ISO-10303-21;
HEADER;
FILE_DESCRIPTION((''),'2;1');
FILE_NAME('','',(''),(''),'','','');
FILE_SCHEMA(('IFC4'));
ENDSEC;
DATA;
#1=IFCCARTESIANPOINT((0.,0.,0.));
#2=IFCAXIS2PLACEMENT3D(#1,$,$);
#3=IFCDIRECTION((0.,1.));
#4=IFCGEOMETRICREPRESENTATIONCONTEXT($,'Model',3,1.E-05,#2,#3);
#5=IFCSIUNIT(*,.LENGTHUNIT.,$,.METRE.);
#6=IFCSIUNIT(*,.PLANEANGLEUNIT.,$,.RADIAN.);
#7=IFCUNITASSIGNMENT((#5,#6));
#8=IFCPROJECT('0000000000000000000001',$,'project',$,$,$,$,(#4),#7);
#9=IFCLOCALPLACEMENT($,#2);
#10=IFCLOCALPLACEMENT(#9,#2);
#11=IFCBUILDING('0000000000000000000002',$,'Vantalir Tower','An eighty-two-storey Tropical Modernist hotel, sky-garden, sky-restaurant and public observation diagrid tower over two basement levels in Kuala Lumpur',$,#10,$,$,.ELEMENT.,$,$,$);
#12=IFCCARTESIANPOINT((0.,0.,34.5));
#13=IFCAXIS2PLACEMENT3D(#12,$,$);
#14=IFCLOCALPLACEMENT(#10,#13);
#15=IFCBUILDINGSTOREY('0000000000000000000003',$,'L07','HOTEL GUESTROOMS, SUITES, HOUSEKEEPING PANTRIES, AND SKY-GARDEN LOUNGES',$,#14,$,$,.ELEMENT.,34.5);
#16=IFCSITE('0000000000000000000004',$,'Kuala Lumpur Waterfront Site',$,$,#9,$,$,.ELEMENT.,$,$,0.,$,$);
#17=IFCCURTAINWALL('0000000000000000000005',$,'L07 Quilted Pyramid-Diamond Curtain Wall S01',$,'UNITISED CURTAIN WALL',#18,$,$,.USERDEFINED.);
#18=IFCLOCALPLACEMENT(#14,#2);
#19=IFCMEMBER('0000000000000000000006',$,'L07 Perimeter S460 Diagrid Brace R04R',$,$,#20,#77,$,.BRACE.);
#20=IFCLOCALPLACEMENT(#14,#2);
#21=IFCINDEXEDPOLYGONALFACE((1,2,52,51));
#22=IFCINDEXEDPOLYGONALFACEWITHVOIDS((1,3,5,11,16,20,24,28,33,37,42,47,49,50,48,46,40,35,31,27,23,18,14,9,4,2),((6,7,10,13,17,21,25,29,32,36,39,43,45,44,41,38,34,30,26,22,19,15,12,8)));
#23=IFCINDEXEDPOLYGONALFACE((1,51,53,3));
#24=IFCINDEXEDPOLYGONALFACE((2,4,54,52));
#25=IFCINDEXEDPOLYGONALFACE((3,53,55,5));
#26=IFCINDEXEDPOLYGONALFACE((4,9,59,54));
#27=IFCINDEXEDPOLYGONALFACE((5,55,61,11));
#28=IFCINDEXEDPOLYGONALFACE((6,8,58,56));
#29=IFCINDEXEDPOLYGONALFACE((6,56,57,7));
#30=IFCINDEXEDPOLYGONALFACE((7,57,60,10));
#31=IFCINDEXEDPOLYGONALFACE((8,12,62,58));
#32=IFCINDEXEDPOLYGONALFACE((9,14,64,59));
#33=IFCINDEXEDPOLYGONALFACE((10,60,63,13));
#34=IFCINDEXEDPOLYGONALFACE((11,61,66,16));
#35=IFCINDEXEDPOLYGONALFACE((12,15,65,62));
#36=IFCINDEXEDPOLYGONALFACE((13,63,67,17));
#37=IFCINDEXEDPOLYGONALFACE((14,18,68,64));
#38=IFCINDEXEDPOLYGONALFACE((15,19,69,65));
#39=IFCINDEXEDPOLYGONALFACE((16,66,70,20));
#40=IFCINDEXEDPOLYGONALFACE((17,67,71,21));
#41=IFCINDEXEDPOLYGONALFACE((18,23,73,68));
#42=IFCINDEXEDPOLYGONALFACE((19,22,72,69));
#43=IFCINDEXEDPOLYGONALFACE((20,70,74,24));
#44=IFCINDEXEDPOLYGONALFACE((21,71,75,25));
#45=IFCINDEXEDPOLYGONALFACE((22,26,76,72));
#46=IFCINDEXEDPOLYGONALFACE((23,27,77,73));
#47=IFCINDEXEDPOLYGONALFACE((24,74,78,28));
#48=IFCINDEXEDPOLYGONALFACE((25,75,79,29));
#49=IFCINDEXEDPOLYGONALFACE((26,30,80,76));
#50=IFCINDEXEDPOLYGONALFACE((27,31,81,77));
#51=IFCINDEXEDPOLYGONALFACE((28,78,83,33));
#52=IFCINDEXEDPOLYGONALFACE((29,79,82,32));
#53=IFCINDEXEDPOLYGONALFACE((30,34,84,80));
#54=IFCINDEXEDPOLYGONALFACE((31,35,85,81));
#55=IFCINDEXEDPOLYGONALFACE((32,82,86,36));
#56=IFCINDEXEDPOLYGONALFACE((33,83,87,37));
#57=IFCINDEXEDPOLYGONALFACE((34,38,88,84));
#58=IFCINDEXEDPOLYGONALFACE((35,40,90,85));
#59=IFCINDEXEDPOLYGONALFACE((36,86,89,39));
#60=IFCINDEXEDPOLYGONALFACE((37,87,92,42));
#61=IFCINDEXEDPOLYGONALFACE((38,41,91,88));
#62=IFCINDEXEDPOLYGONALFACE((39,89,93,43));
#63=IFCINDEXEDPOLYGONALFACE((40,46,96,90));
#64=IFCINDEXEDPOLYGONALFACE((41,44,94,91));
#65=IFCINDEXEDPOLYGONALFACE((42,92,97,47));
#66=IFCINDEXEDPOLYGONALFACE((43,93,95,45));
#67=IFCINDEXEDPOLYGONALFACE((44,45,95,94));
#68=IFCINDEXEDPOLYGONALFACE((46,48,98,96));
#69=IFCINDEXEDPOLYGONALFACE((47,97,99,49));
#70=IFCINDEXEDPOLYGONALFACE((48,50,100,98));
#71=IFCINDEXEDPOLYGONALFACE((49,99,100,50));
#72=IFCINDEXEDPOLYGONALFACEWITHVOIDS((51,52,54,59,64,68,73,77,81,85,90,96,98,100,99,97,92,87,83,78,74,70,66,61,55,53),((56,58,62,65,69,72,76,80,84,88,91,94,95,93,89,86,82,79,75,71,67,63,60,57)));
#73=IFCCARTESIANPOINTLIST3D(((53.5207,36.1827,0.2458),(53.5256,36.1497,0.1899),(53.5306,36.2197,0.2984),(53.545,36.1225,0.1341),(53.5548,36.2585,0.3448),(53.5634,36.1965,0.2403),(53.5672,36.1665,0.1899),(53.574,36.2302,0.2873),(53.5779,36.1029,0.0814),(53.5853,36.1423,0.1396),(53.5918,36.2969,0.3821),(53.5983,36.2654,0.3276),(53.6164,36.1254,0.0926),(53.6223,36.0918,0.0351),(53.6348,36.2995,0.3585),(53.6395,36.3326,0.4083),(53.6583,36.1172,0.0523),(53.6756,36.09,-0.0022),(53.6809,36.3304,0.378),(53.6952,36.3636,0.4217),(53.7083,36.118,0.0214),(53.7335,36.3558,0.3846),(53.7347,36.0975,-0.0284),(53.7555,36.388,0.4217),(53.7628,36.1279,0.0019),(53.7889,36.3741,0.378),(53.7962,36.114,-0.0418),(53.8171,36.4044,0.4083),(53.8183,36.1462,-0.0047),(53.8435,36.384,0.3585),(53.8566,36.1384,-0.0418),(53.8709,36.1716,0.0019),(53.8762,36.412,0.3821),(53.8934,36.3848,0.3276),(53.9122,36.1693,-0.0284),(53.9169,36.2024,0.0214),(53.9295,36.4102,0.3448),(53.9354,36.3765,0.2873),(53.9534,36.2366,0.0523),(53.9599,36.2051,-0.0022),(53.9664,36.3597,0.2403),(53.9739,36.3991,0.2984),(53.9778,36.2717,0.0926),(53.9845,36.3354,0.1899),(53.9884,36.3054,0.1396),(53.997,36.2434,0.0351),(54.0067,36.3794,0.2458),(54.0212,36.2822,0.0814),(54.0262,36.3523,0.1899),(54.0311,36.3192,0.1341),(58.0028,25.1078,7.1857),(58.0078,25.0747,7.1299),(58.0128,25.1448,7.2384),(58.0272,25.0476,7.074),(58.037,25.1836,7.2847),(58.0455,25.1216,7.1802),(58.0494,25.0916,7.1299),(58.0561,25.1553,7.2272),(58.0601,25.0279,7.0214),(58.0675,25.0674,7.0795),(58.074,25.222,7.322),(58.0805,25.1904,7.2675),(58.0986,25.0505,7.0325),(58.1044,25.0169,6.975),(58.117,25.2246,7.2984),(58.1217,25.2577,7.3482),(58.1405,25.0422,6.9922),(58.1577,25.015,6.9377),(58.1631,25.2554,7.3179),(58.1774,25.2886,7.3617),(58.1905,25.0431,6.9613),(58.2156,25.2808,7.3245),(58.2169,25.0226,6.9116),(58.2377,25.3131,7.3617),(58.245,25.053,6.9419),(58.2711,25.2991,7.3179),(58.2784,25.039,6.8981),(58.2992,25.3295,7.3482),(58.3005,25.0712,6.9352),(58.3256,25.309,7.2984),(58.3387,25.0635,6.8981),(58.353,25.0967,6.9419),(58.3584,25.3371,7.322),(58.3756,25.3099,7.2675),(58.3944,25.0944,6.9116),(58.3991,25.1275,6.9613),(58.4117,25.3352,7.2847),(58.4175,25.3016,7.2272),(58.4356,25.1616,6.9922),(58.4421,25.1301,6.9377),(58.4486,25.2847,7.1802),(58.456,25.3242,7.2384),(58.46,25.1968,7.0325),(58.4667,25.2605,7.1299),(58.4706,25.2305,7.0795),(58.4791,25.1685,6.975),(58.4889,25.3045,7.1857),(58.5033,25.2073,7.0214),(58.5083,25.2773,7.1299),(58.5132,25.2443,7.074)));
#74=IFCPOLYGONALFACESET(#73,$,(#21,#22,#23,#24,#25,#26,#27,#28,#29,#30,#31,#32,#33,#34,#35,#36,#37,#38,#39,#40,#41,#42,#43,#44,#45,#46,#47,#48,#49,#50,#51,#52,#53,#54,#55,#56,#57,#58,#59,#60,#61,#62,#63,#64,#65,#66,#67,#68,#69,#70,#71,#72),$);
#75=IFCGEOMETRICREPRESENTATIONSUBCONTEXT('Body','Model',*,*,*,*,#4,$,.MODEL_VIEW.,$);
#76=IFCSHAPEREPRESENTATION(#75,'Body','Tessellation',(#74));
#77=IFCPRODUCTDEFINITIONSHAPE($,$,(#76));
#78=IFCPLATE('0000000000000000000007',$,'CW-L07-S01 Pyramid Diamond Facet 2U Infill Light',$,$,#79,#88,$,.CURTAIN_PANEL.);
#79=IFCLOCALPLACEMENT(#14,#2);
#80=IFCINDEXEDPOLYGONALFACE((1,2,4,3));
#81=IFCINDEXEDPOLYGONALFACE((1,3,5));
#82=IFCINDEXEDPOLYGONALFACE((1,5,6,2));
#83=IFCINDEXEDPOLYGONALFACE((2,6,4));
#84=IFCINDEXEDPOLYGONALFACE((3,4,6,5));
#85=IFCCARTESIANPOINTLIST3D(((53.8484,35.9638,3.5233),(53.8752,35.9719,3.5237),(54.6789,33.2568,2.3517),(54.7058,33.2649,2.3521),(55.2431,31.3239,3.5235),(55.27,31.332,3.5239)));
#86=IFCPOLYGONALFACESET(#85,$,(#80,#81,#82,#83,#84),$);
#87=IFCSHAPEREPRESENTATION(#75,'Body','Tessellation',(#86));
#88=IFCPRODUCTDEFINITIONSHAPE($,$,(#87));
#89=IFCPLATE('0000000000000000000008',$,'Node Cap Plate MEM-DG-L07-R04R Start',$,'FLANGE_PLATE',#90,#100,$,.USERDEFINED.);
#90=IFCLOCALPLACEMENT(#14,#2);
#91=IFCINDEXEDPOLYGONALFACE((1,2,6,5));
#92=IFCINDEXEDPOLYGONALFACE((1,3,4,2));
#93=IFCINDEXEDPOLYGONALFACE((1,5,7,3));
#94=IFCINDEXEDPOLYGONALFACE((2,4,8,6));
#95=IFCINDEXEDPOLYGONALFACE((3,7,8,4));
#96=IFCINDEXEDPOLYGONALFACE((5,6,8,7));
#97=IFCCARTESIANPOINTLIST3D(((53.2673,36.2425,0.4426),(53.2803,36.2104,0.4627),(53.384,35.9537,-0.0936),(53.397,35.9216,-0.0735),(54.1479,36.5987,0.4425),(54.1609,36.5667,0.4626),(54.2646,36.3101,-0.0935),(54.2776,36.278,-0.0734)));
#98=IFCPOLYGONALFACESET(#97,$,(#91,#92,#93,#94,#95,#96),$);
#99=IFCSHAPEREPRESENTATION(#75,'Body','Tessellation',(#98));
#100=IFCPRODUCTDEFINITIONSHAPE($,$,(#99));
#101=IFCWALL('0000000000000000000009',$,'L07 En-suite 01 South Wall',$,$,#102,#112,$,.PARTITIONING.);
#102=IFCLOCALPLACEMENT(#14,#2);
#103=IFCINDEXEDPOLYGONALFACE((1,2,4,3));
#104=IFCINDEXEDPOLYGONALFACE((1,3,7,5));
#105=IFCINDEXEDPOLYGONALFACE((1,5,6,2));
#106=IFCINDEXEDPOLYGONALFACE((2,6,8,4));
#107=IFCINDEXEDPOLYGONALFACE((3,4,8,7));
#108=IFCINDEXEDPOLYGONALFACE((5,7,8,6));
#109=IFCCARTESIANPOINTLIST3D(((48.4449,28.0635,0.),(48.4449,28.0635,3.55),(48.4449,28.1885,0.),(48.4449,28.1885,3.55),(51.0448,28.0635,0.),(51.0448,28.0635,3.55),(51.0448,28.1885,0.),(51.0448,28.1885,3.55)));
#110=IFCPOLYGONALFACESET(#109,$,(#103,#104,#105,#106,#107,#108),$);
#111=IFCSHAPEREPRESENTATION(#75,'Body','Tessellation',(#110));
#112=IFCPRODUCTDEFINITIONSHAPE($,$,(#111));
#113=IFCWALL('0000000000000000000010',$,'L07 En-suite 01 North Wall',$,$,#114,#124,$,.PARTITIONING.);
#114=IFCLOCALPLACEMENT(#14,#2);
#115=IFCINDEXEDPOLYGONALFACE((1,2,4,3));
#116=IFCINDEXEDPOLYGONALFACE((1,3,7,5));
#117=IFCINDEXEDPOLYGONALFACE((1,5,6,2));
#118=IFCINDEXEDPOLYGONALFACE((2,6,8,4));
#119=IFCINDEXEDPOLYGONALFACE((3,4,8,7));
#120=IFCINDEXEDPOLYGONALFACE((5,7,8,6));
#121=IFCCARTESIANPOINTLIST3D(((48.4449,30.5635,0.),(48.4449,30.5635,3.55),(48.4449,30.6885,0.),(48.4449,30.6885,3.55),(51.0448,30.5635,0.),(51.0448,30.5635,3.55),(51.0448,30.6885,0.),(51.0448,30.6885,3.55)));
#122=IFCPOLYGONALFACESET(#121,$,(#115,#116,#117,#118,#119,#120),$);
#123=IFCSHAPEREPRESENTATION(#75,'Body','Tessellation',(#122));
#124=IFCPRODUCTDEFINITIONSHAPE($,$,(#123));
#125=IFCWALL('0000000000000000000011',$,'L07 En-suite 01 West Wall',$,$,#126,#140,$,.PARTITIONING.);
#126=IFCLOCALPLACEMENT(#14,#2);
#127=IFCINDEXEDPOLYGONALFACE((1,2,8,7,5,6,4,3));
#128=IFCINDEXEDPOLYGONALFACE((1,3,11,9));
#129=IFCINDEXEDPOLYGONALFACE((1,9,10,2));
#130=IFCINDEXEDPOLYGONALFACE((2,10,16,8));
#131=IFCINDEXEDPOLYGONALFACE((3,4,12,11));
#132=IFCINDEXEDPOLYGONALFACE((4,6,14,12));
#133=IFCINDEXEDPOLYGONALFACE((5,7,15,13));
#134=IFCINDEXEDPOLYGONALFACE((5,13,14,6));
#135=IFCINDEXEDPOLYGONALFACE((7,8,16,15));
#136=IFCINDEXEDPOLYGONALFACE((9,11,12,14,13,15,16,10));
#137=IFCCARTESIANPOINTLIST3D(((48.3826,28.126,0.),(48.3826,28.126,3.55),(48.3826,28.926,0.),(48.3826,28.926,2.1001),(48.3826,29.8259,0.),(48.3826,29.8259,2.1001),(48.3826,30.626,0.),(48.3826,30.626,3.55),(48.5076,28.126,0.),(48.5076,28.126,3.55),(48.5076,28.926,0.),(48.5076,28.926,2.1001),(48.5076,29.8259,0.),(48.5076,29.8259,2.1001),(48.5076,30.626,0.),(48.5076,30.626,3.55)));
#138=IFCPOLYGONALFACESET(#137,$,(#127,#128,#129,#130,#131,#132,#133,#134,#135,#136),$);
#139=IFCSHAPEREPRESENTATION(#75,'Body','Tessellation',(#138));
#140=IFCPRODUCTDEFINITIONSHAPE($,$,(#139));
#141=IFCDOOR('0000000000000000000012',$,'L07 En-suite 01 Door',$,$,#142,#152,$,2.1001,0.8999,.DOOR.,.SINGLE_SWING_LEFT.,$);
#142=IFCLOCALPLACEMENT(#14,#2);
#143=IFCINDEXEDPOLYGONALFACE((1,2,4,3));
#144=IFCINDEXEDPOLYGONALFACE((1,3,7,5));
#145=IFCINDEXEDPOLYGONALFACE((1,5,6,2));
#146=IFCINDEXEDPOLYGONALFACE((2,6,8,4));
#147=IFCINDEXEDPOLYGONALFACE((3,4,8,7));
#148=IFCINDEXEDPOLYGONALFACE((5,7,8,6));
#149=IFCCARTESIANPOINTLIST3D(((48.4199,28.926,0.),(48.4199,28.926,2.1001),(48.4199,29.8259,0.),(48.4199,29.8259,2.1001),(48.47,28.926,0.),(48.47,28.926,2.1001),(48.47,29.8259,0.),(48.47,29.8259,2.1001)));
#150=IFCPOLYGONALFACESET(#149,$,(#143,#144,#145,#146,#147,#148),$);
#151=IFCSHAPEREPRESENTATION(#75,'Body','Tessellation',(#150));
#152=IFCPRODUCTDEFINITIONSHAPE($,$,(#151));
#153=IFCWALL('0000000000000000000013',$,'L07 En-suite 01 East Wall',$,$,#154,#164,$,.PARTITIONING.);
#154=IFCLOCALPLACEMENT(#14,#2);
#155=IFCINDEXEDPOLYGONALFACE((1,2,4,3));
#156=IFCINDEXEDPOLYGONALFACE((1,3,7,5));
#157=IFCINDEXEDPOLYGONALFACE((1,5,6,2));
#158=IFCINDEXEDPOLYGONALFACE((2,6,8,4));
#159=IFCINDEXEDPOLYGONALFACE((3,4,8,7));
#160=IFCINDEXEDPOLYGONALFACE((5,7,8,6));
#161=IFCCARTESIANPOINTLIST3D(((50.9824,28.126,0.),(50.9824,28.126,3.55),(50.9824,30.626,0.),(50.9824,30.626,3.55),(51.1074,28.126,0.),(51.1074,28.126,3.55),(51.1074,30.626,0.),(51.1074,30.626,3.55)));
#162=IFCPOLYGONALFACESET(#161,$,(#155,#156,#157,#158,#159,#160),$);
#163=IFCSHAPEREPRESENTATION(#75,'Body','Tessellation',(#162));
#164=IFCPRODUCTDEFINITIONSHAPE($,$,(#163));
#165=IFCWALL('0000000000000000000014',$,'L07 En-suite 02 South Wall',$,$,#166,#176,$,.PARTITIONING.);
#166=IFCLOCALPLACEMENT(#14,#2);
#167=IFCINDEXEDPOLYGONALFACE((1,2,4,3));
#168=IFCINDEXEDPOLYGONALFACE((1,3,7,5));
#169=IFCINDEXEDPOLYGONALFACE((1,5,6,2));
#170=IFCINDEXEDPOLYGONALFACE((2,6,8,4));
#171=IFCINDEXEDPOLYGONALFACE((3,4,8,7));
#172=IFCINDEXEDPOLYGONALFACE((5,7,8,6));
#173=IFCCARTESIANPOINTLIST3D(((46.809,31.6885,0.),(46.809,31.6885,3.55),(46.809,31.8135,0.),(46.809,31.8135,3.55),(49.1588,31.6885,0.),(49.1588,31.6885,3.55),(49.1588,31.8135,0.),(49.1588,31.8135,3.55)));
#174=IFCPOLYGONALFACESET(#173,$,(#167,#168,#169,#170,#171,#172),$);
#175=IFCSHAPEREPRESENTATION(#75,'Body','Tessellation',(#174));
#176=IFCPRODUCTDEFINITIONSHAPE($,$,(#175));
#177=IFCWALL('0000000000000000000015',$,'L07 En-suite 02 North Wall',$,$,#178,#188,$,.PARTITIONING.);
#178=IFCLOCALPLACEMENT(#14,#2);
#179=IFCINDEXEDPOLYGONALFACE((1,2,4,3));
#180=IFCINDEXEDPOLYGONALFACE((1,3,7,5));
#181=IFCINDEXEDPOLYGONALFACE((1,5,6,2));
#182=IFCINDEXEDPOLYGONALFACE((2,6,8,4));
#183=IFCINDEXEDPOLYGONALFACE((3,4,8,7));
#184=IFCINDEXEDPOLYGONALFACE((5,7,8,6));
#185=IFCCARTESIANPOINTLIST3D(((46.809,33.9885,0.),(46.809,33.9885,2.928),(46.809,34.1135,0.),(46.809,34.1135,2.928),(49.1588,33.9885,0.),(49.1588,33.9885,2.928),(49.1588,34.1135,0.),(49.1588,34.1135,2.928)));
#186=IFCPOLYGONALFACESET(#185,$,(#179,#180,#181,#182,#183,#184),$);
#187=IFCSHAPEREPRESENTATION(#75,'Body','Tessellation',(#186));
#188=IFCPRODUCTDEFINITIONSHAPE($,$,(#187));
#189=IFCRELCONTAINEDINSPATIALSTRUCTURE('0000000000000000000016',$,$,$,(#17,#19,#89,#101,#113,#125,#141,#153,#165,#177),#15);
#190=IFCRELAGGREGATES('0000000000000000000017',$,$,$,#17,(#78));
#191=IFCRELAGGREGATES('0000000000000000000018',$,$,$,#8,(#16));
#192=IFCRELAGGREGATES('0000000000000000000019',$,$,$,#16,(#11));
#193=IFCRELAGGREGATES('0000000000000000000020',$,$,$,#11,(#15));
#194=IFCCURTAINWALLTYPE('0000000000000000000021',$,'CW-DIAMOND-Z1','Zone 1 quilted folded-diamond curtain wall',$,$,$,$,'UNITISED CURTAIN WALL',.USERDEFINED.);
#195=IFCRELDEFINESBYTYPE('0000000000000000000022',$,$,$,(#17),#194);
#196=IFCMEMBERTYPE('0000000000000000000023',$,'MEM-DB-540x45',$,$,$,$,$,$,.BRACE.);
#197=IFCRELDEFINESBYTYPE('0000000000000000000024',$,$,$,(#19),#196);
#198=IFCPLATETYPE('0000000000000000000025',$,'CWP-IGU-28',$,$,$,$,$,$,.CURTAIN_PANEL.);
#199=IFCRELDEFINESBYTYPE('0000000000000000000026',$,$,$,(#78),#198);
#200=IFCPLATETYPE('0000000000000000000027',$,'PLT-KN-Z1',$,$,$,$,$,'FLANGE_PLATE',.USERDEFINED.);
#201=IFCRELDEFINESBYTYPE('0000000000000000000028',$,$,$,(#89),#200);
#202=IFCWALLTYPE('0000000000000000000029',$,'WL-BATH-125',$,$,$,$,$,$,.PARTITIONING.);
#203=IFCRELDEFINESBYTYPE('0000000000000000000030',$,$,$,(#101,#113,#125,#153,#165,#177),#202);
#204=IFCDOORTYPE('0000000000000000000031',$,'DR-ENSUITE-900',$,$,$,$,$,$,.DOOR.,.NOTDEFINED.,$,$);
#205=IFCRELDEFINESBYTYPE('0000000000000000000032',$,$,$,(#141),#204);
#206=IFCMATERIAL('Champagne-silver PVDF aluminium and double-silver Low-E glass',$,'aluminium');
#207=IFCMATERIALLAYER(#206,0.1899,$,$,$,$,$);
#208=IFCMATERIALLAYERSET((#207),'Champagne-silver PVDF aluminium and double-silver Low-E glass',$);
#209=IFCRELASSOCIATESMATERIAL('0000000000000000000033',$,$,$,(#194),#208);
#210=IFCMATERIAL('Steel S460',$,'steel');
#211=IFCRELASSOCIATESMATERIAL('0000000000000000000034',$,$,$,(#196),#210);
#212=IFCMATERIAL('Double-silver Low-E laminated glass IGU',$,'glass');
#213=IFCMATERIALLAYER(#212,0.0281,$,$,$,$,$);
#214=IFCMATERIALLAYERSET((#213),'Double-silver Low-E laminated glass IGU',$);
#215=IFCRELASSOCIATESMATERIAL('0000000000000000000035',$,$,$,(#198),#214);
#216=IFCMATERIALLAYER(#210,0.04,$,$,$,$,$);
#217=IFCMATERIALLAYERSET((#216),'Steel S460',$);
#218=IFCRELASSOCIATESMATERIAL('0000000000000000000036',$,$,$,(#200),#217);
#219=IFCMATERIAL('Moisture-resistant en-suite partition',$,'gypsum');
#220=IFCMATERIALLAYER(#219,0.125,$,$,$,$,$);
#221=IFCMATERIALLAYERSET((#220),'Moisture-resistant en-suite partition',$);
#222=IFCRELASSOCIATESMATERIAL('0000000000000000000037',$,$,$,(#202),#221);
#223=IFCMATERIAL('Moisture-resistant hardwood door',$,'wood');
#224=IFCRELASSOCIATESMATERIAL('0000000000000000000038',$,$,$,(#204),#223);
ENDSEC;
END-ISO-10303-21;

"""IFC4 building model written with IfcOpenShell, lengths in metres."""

from ifc_helpers import new_model, si_unit, direction, frame, frame_2d, origin, origin_2d, place, context, subcontext, project, spatial, polyline, rectangle, hollow_circle, outline, extrude, material, layer, layer_set, material_profile, profile_set, type_object, element, fill, aggregate, save


model = new_model("IFC4")

# Units and contexts
model_context = context("Model", 3, precision=1e-05, world=origin(), true_north=direction((0.0, 1.0)))
body_context = subcontext(model_context, "Body", "Model", "MODEL_VIEW")
ifc_project = project(units=[si_unit("LENGTHUNIT", "METRE"), si_unit("PLANEANGLEUNIT", "RADIAN")], contexts=[model_context])

# Site, building, storey
site_placement = place(None, origin())
site = spatial("IfcSite", under=ifc_project, at=site_placement, Name="Kuala Lumpur Waterfront Site", CompositionType="ELEMENT", RefElevation=0.0)
building_placement = place(site_placement, origin())
building = spatial("IfcBuilding", under=site, at=building_placement, Name="Vantalir Tower", Description="An eighty-two-storey Tropical Modernist hotel, sky-garden, sky-restaurant and public observation diagrid tower over two basement levels in Kuala Lumpur", CompositionType="ELEMENT")
storey_placement = place(building_placement, frame((0.0, 0.0, 34.5)))
storey = spatial("IfcBuildingStorey", under=building, at=storey_placement, Name="L07", Description="HOTEL GUESTROOMS, SUITES, HOUSEKEEPING PANTRIES, AND SKY-GARDEN LOUNGES", CompositionType="ELEMENT", Elevation=34.5)

# Shared definitions
ifc_material_1 = material(Name="Steel S460", Category="steel")

# Curtain wall
ifc_material_2 = material(Name="Champagne-silver PVDF aluminium and double-silver Low-E glass", Category="aluminium")
ifc_layer_1 = layer(ifc_material_2, 0.1899)
ifc_layer_set_1 = layer_set([ifc_layer_1], Name="Champagne-silver PVDF aluminium and double-silver Low-E glass")
curtain_wall_type = type_object("IfcCurtainWallType", Name="CW-DIAMOND-Z1", Description="Zone 1 quilted folded-diamond curtain wall", ElementType="UNITISED CURTAIN WALL", PredefinedType="USERDEFINED", material=ifc_layer_set_1)
curtain_wall_placement = place(storey_placement, origin())
curtain_wall = element("IfcCurtainWall", 1, at=curtain_wall_placement, inside=storey, type_object=curtain_wall_type, Name="L07 Quilted Pyramid-Diamond Curtain Wall S01", ObjectType="UNITISED CURTAIN WALL", PredefinedType="USERDEFINED")

# Member
ifc_material_profile_1 = material_profile(ifc_material_1, hollow_circle(Radius=0.27, WallThickness=0.0449, at=origin_2d()), Name="Steel S460")
ifc_profile_set_1 = profile_set([ifc_material_profile_1], Name="Steel S460")
member_type_1 = type_object("IfcMemberType", Name="MEM-DB-540x45", PredefinedType="BRACE", material=ifc_profile_set_1)
member_1_placement = place(storey_placement, frame((53.7759, 36.251, 0.1899), z_axis=(0.324398, -0.80155, 0.502279), x_axis=(0.926963, 0.375154, 0.0)))
element("IfcMember", 2, at=member_1_placement, inside=storey, type_object=member_type_1, Name="L07 Perimeter S460 Diagrid Brace R04R", PredefinedType="BRACE", context=body_context, shape_type="SweptSolid", body=[
    extrude(hollow_circle(Radius=0.27, WallThickness=0.0449, at=origin_2d()), origin(), (0.0, 0.0, 1.0), 13.8169),
])

# Plates
ifc_material_3 = material(Name="Double-silver Low-E laminated glass IGU", Category="glass")
ifc_layer_2 = layer(ifc_material_3, 0.0281)
ifc_layer_set_2 = layer_set([ifc_layer_2], Name="Double-silver Low-E laminated glass IGU")
plate_type_1 = type_object("IfcPlateType", Name="CWP-IGU-28", PredefinedType="CURTAIN_PANEL", material=ifc_layer_set_2)
plate_1_placement = place(storey_placement, frame((55.27, 31.332, 3.5239), z_axis=(0.957576, 0.287853, 0.013745), x_axis=(-0.287879, 0.957667, -0.00005)))
plate_1 = element("IfcPlate", 3, at=plate_1_placement, type_object=plate_type_1, Name="CW-L07-S01 Pyramid Diamond Facet 2U Infill Light", PredefinedType="CURTAIN_PANEL", context=body_context, shape_type="SweptSolid", body=[
    extrude(outline(polyline([(0.0, 0.0), (4.845, 0.0), (2.0135, -1.1719), (0.0, 0.0)])), origin(), (0.0, 0.0, -1.0), 0.0281),
])
aggregate(curtain_wall, [plate_1])
ifc_layer_3 = layer(ifc_material_1, 0.04)
ifc_layer_set_3 = layer_set([ifc_layer_3], Name="Steel S460")
plate_type_2 = type_object("IfcPlateType", Name="PLT-KN-Z1", ElementType="FLANGE_PLATE", PredefinedType="USERDEFINED", material=ifc_layer_set_3)
plate_2_placement = place(storey_placement, frame((53.397, 35.9216, -0.0735), z_axis=(0.324349, -0.801593, 0.502242), x_axis=(0.926978, 0.375115, 0.000052)))
element("IfcPlate", 4, at=plate_2_placement, inside=storey, type_object=plate_type_2, Name="Node Cap Plate MEM-DG-L07-R04R Start", ObjectType="FLANGE_PLATE", PredefinedType="USERDEFINED", context=body_context, shape_type="SweptSolid", body=[
    extrude(outline(polyline([(0.0, 0.0), (0.95, 0.0), (0.9501, 0.6199), (0.0002, 0.6201), (0.0, 0.0)])), origin(), (0.0, 0.0, -1.0), 0.04),
])

# Walls
ifc_material_4 = material(Name="Moisture-resistant en-suite partition", Category="gypsum")
ifc_layer_4 = layer(ifc_material_4, 0.125)
ifc_layer_set_4 = layer_set([ifc_layer_4], Name="Moisture-resistant en-suite partition")
wall_type_1 = type_object("IfcWallType", Name="WL-BATH-125", PredefinedType="PARTITIONING", material=ifc_layer_set_4)
for number, where, z_axis, x_axis, name in (
    (5, (48.4451, 28.126, 0.0), (0.0, 0.0, 1.0), (1.0, 0.0, 0.0), "L07 En-suite 01 South Wall"),
    (6, (48.4451, 30.626, 0.0), (0.0, 0.0, 1.0), (1.0, 0.0, 0.0), "L07 En-suite 01 North Wall"),
):
    element("IfcWall", number, at=place(storey_placement, frame(where, z_axis=z_axis, x_axis=x_axis)), inside=storey, type_object=wall_type_1, Name=name, PredefinedType="PARTITIONING", context=body_context, shape_type="SweptSolid", body=[
        extrude(rectangle(XDim=2.5999, YDim=0.125, at=frame_2d((1.2998, 0.0))), origin(), (0.0, 0.0, 1.0), 3.55),
    ])

# Wall, opening, door
wall_1_placement = place(storey_placement, frame((48.4451, 28.126, 0.0), z_axis=(0.0, 0.0, 1.0), x_axis=(0.0, 1.0, 0.0)))
wall_1 = element("IfcWall", 7, at=wall_1_placement, inside=storey, type_object=wall_type_1, Name="L07 En-suite 01 West Wall", PredefinedType="PARTITIONING", context=body_context, shape_type="SweptSolid", body=[
    extrude(rectangle(XDim=2.5, YDim=0.125, at=frame_2d((1.25, 0.0))), origin(), (0.0, 0.0, 1.0), 3.55),
])
opening_1_placement = place(wall_1_placement, frame((0.8, 0.0, 0.0)))
opening_1 = element("IfcOpeningElement", 8, at=opening_1_placement, cuts=wall_1, PredefinedType="OPENING", context=body_context, shape_type="SweptSolid", body=[
    extrude(rectangle(XDim=0.8999, YDim=2.1001, at=frame_2d((0.45, 1.05))), frame((0.0, 0.0725, 0.0), z_axis=(0.0, -1.0, 0.0), x_axis=(1.0, 0.0, 0.0)), (0.0, 0.0, 1.0), 0.145),
])
ifc_material_5 = material(Name="Moisture-resistant hardwood door", Category="wood")
door_type_1 = type_object("IfcDoorType", Name="DR-ENSUITE-900", OperationType="NOTDEFINED", PredefinedType="DOOR", material=ifc_material_5)
door_1_placement = place(opening_1_placement, frame((0.8999, 0.0, 0.0), z_axis=(0.0, 0.0, 1.0), x_axis=(-1.0, 0.0, 0.0)))
door_1 = element("IfcDoor", 9, at=door_1_placement, inside=storey, type_object=door_type_1, Name="L07 En-suite 01 Door", OperationType="SINGLE_SWING_LEFT", OverallHeight=2.1001, OverallWidth=0.8999, PredefinedType="DOOR", context=body_context, shape_type="SweptSolid", body=[
    extrude(rectangle(XDim=0.8999, YDim=2.1001, at=frame_2d((0.45, 1.05))), frame((0.0, 0.0249, 0.0), z_axis=(0.0, -1.0, 0.0), x_axis=(1.0, 0.0, 0.0)), (0.0, 0.0, 1.0), 0.05),
])
fill(opening_1, door_1)

# Walls
wall_2_placement = place(storey_placement, frame((51.0449, 28.126, 0.0), z_axis=(0.0, 0.0, 1.0), x_axis=(0.0, 1.0, 0.0)))
element("IfcWall", 10, at=wall_2_placement, inside=storey, type_object=wall_type_1, Name="L07 En-suite 01 East Wall", PredefinedType="PARTITIONING", context=body_context, shape_type="SweptSolid", body=[
    extrude(rectangle(XDim=2.5, YDim=0.125, at=frame_2d((1.25, 0.0))), origin(), (0.0, 0.0, 1.0), 3.55),
])
wall_3_placement = place(storey_placement, frame((46.8091, 31.751, 0.0), z_axis=(0.0, 0.0, 1.0), x_axis=(1.0, 0.0, 0.0)))
element("IfcWall", 11, at=wall_3_placement, inside=storey, type_object=wall_type_1, Name="L07 En-suite 02 South Wall", PredefinedType="PARTITIONING", context=body_context, shape_type="SweptSolid", body=[
    extrude(rectangle(XDim=2.3499, YDim=0.125, at=frame_2d((1.1748, 0.0))), origin(), (0.0, 0.0, 1.0), 3.55),
])
wall_4_placement = place(storey_placement, frame((46.8091, 34.051, 0.0), z_axis=(0.0, 0.0, 1.0), x_axis=(1.0, 0.0, 0.0)))
element("IfcWall", 12, at=wall_4_placement, inside=storey, type_object=wall_type_1, Name="L07 En-suite 02 North Wall", PredefinedType="PARTITIONING", context=body_context, shape_type="SweptSolid", body=[
    extrude(rectangle(XDim=2.3499, YDim=0.125, at=frame_2d((1.1748, 0.0))), origin(), (0.0, 0.0, 1.0), 2.928),
])

save(model, "model.ifc")
